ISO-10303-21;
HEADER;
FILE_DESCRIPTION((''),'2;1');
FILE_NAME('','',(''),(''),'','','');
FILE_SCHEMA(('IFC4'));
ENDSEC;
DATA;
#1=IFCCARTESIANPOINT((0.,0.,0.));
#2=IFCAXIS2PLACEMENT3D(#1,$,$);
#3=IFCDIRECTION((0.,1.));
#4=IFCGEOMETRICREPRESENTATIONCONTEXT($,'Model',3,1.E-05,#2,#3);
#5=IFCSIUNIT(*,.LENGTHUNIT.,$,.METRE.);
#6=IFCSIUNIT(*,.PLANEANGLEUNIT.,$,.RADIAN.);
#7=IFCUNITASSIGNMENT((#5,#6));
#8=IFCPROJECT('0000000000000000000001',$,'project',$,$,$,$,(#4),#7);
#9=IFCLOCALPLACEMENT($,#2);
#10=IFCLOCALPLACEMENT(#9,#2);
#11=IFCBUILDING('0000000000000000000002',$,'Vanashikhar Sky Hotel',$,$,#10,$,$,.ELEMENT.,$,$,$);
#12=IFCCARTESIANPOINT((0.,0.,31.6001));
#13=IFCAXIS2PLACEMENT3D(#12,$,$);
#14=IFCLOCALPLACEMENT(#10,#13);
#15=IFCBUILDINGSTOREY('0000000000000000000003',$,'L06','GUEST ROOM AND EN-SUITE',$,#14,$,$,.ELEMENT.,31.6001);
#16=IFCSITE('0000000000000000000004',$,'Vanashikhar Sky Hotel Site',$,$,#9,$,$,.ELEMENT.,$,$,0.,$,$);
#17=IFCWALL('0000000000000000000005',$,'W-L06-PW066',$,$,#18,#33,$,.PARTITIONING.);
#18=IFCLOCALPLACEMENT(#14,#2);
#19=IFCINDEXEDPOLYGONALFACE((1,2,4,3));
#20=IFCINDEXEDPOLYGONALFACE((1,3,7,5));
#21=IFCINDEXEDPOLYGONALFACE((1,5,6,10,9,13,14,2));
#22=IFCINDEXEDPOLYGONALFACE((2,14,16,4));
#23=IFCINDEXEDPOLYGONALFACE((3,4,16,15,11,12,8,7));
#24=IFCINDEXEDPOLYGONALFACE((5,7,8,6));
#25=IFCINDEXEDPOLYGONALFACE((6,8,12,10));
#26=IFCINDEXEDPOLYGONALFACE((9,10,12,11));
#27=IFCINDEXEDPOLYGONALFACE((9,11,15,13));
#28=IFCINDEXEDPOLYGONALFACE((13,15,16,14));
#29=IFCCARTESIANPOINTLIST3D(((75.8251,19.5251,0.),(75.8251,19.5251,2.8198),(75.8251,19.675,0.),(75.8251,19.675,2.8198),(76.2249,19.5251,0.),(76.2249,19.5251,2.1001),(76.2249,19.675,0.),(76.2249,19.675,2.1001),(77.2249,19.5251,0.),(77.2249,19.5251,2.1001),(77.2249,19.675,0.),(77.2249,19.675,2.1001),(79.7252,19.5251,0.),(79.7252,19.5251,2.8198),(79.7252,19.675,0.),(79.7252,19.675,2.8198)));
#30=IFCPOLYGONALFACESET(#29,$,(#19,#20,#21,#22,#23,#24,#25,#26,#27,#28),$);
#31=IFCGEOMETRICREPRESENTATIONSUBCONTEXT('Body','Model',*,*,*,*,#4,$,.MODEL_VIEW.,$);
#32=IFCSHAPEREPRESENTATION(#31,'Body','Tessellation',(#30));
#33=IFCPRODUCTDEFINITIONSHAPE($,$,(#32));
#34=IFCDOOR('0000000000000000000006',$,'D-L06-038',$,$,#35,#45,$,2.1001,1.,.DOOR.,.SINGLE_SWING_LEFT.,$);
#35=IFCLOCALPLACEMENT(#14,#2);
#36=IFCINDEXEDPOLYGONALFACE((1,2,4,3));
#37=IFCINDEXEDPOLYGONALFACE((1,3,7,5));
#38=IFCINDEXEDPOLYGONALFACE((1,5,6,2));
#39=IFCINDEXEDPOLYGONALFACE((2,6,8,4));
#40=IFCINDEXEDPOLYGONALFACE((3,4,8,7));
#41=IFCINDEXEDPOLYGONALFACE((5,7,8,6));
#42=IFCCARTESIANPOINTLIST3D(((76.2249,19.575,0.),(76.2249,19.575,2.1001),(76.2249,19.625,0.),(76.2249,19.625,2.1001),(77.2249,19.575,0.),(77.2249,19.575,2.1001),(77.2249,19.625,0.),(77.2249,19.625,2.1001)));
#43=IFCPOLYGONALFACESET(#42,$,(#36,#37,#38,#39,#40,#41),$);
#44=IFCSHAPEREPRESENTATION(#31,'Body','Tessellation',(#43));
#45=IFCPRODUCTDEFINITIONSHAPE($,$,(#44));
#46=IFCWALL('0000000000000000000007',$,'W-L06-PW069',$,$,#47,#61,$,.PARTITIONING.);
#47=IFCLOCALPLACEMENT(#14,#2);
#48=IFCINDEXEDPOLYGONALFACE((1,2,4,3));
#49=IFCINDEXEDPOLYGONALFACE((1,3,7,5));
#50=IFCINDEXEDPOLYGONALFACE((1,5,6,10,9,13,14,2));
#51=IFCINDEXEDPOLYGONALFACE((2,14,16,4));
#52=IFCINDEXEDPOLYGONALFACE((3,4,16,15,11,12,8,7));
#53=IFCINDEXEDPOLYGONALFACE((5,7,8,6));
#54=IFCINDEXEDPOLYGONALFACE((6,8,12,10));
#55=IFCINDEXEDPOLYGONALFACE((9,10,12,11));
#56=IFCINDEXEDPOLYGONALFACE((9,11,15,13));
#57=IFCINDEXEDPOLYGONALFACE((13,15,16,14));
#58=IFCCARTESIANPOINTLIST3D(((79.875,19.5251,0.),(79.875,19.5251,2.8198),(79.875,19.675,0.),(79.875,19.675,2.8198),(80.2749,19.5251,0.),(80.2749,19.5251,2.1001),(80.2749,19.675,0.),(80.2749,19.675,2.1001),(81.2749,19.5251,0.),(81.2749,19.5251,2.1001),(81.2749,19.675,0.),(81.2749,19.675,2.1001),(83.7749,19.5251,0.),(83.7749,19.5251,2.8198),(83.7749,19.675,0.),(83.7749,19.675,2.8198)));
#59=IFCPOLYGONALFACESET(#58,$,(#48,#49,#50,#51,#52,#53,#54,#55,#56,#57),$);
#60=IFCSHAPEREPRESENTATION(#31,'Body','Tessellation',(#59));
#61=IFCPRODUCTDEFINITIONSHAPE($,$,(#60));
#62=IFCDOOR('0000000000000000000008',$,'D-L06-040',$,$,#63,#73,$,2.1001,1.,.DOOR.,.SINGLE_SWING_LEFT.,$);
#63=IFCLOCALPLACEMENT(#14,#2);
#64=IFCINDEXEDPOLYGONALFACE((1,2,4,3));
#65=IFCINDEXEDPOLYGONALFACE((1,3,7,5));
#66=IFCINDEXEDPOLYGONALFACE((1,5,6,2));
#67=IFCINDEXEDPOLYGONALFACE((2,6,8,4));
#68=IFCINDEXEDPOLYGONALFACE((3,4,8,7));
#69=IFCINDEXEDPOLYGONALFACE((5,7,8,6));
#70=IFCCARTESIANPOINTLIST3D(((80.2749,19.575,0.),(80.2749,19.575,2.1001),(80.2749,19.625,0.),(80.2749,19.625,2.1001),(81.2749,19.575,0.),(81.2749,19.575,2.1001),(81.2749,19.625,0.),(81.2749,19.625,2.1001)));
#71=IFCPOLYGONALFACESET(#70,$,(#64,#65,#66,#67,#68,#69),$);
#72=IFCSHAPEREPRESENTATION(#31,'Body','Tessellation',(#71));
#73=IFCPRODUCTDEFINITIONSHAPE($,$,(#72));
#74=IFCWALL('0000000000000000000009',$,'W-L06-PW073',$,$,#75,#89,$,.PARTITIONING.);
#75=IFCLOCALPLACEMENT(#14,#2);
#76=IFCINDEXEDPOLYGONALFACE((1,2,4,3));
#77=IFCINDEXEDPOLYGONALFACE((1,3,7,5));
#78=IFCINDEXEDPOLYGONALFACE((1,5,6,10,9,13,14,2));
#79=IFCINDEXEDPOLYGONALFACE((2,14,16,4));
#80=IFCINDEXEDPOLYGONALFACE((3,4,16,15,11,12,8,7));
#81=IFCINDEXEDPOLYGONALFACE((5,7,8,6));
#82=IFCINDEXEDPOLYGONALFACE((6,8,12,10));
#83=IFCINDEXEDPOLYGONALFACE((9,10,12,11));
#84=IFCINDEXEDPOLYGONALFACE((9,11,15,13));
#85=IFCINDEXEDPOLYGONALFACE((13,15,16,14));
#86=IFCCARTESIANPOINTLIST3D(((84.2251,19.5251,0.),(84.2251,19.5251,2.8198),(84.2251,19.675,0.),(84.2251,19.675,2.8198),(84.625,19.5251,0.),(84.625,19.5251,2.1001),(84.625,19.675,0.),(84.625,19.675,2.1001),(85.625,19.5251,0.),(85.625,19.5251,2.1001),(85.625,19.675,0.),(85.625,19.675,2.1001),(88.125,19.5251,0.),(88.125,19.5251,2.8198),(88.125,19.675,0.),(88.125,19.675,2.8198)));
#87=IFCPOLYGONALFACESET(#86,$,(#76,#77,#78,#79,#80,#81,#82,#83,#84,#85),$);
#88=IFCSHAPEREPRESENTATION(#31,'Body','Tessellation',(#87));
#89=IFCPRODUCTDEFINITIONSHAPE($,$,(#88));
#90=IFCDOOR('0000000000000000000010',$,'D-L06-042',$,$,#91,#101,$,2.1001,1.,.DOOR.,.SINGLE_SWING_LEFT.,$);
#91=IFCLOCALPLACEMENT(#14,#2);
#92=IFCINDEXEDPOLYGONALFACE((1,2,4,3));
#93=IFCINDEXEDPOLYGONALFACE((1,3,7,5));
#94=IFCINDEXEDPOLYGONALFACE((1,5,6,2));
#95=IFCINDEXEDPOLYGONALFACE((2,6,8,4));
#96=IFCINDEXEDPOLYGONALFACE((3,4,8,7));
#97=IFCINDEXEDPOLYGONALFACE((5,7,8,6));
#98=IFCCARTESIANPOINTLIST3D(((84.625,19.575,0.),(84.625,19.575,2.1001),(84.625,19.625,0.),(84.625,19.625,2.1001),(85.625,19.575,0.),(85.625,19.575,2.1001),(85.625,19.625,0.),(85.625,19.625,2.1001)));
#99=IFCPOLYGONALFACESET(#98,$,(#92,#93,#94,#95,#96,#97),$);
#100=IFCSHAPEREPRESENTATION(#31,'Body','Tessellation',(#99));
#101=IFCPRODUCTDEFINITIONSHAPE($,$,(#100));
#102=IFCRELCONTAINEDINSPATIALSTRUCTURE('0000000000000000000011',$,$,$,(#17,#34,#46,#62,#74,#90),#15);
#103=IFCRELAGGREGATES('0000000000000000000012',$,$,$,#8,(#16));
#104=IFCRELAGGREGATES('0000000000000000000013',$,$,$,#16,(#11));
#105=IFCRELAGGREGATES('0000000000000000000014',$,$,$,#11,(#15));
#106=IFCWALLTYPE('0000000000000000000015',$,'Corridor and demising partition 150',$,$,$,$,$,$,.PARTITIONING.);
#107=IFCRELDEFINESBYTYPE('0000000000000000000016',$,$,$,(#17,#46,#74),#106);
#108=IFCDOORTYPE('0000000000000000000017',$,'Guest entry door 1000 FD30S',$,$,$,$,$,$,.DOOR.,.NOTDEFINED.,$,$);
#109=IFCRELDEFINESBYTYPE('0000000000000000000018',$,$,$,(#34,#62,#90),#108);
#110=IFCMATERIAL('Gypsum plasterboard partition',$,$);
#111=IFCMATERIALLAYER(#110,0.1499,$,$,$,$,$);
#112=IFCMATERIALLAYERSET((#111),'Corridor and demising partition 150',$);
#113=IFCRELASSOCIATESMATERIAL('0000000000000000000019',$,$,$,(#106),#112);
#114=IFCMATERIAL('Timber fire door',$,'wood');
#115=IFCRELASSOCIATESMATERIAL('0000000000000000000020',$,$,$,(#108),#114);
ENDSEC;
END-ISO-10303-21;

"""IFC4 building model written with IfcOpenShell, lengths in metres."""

from ifc_helpers import new_model, si_unit, direction, frame, frame_2d, origin, place, context, subcontext, project, spatial, rectangle, extrude, source, transform, mapped, material, layer, layer_set, type_object, element, fill, save


model = new_model("IFC4")

# Units and contexts
model_context = context("Model", 3, precision=1e-05, world=origin(), true_north=direction((0.0, 1.0)))
body_context = subcontext(model_context, "Body", "Model", "MODEL_VIEW")
ifc_project = project(units=[si_unit("LENGTHUNIT", "METRE"), si_unit("PLANEANGLEUNIT", "RADIAN")], contexts=[model_context])

# Site, building, storey
site_placement = place(None, origin())
site = spatial("IfcSite", under=ifc_project, at=site_placement, Name="Vanashikhar Sky Hotel Site", CompositionType="ELEMENT", RefElevation=0.0)
building_placement = place(site_placement, origin())
building = spatial("IfcBuilding", under=site, at=building_placement, Name="Vanashikhar Sky Hotel", CompositionType="ELEMENT")
storey_placement = place(building_placement, frame((0.0, 0.0, 31.6001)))
storey = spatial("IfcBuildingStorey", under=building, at=storey_placement, Name="L06", Description="GUEST ROOM AND EN-SUITE", CompositionType="ELEMENT", Elevation=31.6001)

# Shared definitions
ifc_material_1 = material(Name="Gypsum plasterboard partition")

# Shared definitions
ifc_layer_1 = layer(ifc_material_1, 0.1499)
ifc_layer_set_1 = layer_set([ifc_layer_1], Name="Corridor and demising partition 150")
wall_type_1 = type_object("IfcWallType", Name="Corridor and demising partition 150", PredefinedType="PARTITIONING", material=ifc_layer_set_1)

# Walls, openings, doors
shared_shape_1 = source(origin(), body_context, "Body", "SweptSolid", [
    extrude(rectangle(XDim=3.9001, YDim=0.1499, at=frame_2d((1.9502, 0.0))), origin(), (0.0, 0.0, 1.0), 2.8198),
])
wall_1_placement = place(storey_placement, frame((75.825, 19.6001, 0.0), z_axis=(0.0, 0.0, 1.0), x_axis=(1.0, 0.0, 0.0)))
wall_1 = element("IfcWall", 1, at=wall_1_placement, inside=storey, type_object=wall_type_1, Name="W-L06-PW066", PredefinedType="PARTITIONING", context=body_context, shape_type="MappedRepresentation", body=[
    mapped(shared_shape_1, transform((0.0, 0.0, 0.0), scale=1.0)),
])
shared_shape_2 = source(origin(), body_context, "Body", "SweptSolid", [
    extrude(rectangle(XDim=1.0, YDim=2.1001, at=frame_2d((0.5, 1.05))), frame((0.0, 0.085, 0.0), z_axis=(0.0, -1.0, 0.0), x_axis=(1.0, 0.0, 0.0)), (0.0, 0.0, 1.0), 0.1699),
])
opening_1_placement = place(wall_1_placement, frame((0.3999, 0.0, 0.0)))
opening_1 = element("IfcOpeningElement", 2, at=opening_1_placement, cuts=wall_1, PredefinedType="OPENING", context=body_context, shape_type="MappedRepresentation", body=[
    mapped(shared_shape_2, transform((0.0, 0.0, 0.0), scale=1.0)),
])
ifc_material_2 = material(Name="Timber fire door", Category="wood")
door_type_1 = type_object("IfcDoorType", Name="Guest entry door 1000 FD30S", OperationType="NOTDEFINED", PredefinedType="DOOR", material=ifc_material_2)
shared_shape_3 = source(origin(), body_context, "Body", "SweptSolid", [
    extrude(rectangle(XDim=1.0, YDim=2.1001, at=frame_2d((0.5, 1.05))), frame((0.0, 0.0249, 0.0), z_axis=(0.0, -1.0, 0.0), x_axis=(1.0, 0.0, 0.0)), (0.0, 0.0, 1.0), 0.05),
])
door_1_placement = place(opening_1_placement, origin())
door_1 = element("IfcDoor", 3, at=door_1_placement, inside=storey, type_object=door_type_1, Name="D-L06-038", OperationType="SINGLE_SWING_LEFT", OverallHeight=2.1001, OverallWidth=1.0, PredefinedType="DOOR", context=body_context, shape_type="MappedRepresentation", body=[
    mapped(shared_shape_3, transform((0.0, 0.0, 0.0), scale=1.0)),
])
fill(opening_1, door_1)
shared_shape_4 = source(origin(), body_context, "Body", "SweptSolid", [
    extrude(rectangle(XDim=3.8999, YDim=0.1499, at=frame_2d((1.95, 0.0))), origin(), (0.0, 0.0, 1.0), 2.8198),
])
wall_2_placement = place(storey_placement, frame((79.875, 19.6001, 0.0), z_axis=(0.0, 0.0, 1.0), x_axis=(1.0, 0.0, 0.0)))
wall_2 = element("IfcWall", 4, at=wall_2_placement, inside=storey, type_object=wall_type_1, Name="W-L06-PW069", PredefinedType="PARTITIONING", context=body_context, shape_type="MappedRepresentation", body=[
    mapped(shared_shape_4, transform((0.0, 0.0, 0.0), scale=1.0)),
])
opening_2_placement = place(wall_2_placement, frame((0.3999, 0.0, 0.0)))
opening_2 = element("IfcOpeningElement", 5, at=opening_2_placement, cuts=wall_2, PredefinedType="OPENING", context=body_context, shape_type="MappedRepresentation", body=[
    mapped(shared_shape_2, transform((0.0, 0.0, 0.0), scale=1.0)),
])
door_2_placement = place(opening_2_placement, origin())
door_2 = element("IfcDoor", 6, at=door_2_placement, inside=storey, type_object=door_type_1, Name="D-L06-040", OperationType="SINGLE_SWING_LEFT", OverallHeight=2.1001, OverallWidth=1.0, PredefinedType="DOOR", context=body_context, shape_type="MappedRepresentation", body=[
    mapped(shared_shape_3, transform((0.0, 0.0, 0.0), scale=1.0)),
])
fill(opening_2, door_2)
wall_3_placement = place(storey_placement, frame((84.2251, 19.6001, 0.0), z_axis=(0.0, 0.0, 1.0), x_axis=(1.0, 0.0, 0.0)))
wall_3 = element("IfcWall", 7, at=wall_3_placement, inside=storey, type_object=wall_type_1, Name="W-L06-PW073", PredefinedType="PARTITIONING", context=body_context, shape_type="MappedRepresentation", body=[
    mapped(shared_shape_4, transform((0.0, 0.0, 0.0), scale=1.0)),
])
opening_3_placement = place(wall_3_placement, frame((0.3999, 0.0, 0.0)))
opening_3 = element("IfcOpeningElement", 8, at=opening_3_placement, cuts=wall_3, PredefinedType="OPENING", context=body_context, shape_type="MappedRepresentation", body=[
    mapped(shared_shape_2, transform((0.0, 0.0, 0.0), scale=1.0)),
])
door_3_placement = place(opening_3_placement, origin())
door_3 = element("IfcDoor", 9, at=door_3_placement, inside=storey, type_object=door_type_1, Name="D-L06-042", OperationType="SINGLE_SWING_LEFT", OverallHeight=2.1001, OverallWidth=1.0, PredefinedType="DOOR", context=body_context, shape_type="MappedRepresentation", body=[
    mapped(shared_shape_3, transform((0.0, 0.0, 0.0), scale=1.0)),
])
fill(opening_3, door_3)

save(model, "model.ifc")
